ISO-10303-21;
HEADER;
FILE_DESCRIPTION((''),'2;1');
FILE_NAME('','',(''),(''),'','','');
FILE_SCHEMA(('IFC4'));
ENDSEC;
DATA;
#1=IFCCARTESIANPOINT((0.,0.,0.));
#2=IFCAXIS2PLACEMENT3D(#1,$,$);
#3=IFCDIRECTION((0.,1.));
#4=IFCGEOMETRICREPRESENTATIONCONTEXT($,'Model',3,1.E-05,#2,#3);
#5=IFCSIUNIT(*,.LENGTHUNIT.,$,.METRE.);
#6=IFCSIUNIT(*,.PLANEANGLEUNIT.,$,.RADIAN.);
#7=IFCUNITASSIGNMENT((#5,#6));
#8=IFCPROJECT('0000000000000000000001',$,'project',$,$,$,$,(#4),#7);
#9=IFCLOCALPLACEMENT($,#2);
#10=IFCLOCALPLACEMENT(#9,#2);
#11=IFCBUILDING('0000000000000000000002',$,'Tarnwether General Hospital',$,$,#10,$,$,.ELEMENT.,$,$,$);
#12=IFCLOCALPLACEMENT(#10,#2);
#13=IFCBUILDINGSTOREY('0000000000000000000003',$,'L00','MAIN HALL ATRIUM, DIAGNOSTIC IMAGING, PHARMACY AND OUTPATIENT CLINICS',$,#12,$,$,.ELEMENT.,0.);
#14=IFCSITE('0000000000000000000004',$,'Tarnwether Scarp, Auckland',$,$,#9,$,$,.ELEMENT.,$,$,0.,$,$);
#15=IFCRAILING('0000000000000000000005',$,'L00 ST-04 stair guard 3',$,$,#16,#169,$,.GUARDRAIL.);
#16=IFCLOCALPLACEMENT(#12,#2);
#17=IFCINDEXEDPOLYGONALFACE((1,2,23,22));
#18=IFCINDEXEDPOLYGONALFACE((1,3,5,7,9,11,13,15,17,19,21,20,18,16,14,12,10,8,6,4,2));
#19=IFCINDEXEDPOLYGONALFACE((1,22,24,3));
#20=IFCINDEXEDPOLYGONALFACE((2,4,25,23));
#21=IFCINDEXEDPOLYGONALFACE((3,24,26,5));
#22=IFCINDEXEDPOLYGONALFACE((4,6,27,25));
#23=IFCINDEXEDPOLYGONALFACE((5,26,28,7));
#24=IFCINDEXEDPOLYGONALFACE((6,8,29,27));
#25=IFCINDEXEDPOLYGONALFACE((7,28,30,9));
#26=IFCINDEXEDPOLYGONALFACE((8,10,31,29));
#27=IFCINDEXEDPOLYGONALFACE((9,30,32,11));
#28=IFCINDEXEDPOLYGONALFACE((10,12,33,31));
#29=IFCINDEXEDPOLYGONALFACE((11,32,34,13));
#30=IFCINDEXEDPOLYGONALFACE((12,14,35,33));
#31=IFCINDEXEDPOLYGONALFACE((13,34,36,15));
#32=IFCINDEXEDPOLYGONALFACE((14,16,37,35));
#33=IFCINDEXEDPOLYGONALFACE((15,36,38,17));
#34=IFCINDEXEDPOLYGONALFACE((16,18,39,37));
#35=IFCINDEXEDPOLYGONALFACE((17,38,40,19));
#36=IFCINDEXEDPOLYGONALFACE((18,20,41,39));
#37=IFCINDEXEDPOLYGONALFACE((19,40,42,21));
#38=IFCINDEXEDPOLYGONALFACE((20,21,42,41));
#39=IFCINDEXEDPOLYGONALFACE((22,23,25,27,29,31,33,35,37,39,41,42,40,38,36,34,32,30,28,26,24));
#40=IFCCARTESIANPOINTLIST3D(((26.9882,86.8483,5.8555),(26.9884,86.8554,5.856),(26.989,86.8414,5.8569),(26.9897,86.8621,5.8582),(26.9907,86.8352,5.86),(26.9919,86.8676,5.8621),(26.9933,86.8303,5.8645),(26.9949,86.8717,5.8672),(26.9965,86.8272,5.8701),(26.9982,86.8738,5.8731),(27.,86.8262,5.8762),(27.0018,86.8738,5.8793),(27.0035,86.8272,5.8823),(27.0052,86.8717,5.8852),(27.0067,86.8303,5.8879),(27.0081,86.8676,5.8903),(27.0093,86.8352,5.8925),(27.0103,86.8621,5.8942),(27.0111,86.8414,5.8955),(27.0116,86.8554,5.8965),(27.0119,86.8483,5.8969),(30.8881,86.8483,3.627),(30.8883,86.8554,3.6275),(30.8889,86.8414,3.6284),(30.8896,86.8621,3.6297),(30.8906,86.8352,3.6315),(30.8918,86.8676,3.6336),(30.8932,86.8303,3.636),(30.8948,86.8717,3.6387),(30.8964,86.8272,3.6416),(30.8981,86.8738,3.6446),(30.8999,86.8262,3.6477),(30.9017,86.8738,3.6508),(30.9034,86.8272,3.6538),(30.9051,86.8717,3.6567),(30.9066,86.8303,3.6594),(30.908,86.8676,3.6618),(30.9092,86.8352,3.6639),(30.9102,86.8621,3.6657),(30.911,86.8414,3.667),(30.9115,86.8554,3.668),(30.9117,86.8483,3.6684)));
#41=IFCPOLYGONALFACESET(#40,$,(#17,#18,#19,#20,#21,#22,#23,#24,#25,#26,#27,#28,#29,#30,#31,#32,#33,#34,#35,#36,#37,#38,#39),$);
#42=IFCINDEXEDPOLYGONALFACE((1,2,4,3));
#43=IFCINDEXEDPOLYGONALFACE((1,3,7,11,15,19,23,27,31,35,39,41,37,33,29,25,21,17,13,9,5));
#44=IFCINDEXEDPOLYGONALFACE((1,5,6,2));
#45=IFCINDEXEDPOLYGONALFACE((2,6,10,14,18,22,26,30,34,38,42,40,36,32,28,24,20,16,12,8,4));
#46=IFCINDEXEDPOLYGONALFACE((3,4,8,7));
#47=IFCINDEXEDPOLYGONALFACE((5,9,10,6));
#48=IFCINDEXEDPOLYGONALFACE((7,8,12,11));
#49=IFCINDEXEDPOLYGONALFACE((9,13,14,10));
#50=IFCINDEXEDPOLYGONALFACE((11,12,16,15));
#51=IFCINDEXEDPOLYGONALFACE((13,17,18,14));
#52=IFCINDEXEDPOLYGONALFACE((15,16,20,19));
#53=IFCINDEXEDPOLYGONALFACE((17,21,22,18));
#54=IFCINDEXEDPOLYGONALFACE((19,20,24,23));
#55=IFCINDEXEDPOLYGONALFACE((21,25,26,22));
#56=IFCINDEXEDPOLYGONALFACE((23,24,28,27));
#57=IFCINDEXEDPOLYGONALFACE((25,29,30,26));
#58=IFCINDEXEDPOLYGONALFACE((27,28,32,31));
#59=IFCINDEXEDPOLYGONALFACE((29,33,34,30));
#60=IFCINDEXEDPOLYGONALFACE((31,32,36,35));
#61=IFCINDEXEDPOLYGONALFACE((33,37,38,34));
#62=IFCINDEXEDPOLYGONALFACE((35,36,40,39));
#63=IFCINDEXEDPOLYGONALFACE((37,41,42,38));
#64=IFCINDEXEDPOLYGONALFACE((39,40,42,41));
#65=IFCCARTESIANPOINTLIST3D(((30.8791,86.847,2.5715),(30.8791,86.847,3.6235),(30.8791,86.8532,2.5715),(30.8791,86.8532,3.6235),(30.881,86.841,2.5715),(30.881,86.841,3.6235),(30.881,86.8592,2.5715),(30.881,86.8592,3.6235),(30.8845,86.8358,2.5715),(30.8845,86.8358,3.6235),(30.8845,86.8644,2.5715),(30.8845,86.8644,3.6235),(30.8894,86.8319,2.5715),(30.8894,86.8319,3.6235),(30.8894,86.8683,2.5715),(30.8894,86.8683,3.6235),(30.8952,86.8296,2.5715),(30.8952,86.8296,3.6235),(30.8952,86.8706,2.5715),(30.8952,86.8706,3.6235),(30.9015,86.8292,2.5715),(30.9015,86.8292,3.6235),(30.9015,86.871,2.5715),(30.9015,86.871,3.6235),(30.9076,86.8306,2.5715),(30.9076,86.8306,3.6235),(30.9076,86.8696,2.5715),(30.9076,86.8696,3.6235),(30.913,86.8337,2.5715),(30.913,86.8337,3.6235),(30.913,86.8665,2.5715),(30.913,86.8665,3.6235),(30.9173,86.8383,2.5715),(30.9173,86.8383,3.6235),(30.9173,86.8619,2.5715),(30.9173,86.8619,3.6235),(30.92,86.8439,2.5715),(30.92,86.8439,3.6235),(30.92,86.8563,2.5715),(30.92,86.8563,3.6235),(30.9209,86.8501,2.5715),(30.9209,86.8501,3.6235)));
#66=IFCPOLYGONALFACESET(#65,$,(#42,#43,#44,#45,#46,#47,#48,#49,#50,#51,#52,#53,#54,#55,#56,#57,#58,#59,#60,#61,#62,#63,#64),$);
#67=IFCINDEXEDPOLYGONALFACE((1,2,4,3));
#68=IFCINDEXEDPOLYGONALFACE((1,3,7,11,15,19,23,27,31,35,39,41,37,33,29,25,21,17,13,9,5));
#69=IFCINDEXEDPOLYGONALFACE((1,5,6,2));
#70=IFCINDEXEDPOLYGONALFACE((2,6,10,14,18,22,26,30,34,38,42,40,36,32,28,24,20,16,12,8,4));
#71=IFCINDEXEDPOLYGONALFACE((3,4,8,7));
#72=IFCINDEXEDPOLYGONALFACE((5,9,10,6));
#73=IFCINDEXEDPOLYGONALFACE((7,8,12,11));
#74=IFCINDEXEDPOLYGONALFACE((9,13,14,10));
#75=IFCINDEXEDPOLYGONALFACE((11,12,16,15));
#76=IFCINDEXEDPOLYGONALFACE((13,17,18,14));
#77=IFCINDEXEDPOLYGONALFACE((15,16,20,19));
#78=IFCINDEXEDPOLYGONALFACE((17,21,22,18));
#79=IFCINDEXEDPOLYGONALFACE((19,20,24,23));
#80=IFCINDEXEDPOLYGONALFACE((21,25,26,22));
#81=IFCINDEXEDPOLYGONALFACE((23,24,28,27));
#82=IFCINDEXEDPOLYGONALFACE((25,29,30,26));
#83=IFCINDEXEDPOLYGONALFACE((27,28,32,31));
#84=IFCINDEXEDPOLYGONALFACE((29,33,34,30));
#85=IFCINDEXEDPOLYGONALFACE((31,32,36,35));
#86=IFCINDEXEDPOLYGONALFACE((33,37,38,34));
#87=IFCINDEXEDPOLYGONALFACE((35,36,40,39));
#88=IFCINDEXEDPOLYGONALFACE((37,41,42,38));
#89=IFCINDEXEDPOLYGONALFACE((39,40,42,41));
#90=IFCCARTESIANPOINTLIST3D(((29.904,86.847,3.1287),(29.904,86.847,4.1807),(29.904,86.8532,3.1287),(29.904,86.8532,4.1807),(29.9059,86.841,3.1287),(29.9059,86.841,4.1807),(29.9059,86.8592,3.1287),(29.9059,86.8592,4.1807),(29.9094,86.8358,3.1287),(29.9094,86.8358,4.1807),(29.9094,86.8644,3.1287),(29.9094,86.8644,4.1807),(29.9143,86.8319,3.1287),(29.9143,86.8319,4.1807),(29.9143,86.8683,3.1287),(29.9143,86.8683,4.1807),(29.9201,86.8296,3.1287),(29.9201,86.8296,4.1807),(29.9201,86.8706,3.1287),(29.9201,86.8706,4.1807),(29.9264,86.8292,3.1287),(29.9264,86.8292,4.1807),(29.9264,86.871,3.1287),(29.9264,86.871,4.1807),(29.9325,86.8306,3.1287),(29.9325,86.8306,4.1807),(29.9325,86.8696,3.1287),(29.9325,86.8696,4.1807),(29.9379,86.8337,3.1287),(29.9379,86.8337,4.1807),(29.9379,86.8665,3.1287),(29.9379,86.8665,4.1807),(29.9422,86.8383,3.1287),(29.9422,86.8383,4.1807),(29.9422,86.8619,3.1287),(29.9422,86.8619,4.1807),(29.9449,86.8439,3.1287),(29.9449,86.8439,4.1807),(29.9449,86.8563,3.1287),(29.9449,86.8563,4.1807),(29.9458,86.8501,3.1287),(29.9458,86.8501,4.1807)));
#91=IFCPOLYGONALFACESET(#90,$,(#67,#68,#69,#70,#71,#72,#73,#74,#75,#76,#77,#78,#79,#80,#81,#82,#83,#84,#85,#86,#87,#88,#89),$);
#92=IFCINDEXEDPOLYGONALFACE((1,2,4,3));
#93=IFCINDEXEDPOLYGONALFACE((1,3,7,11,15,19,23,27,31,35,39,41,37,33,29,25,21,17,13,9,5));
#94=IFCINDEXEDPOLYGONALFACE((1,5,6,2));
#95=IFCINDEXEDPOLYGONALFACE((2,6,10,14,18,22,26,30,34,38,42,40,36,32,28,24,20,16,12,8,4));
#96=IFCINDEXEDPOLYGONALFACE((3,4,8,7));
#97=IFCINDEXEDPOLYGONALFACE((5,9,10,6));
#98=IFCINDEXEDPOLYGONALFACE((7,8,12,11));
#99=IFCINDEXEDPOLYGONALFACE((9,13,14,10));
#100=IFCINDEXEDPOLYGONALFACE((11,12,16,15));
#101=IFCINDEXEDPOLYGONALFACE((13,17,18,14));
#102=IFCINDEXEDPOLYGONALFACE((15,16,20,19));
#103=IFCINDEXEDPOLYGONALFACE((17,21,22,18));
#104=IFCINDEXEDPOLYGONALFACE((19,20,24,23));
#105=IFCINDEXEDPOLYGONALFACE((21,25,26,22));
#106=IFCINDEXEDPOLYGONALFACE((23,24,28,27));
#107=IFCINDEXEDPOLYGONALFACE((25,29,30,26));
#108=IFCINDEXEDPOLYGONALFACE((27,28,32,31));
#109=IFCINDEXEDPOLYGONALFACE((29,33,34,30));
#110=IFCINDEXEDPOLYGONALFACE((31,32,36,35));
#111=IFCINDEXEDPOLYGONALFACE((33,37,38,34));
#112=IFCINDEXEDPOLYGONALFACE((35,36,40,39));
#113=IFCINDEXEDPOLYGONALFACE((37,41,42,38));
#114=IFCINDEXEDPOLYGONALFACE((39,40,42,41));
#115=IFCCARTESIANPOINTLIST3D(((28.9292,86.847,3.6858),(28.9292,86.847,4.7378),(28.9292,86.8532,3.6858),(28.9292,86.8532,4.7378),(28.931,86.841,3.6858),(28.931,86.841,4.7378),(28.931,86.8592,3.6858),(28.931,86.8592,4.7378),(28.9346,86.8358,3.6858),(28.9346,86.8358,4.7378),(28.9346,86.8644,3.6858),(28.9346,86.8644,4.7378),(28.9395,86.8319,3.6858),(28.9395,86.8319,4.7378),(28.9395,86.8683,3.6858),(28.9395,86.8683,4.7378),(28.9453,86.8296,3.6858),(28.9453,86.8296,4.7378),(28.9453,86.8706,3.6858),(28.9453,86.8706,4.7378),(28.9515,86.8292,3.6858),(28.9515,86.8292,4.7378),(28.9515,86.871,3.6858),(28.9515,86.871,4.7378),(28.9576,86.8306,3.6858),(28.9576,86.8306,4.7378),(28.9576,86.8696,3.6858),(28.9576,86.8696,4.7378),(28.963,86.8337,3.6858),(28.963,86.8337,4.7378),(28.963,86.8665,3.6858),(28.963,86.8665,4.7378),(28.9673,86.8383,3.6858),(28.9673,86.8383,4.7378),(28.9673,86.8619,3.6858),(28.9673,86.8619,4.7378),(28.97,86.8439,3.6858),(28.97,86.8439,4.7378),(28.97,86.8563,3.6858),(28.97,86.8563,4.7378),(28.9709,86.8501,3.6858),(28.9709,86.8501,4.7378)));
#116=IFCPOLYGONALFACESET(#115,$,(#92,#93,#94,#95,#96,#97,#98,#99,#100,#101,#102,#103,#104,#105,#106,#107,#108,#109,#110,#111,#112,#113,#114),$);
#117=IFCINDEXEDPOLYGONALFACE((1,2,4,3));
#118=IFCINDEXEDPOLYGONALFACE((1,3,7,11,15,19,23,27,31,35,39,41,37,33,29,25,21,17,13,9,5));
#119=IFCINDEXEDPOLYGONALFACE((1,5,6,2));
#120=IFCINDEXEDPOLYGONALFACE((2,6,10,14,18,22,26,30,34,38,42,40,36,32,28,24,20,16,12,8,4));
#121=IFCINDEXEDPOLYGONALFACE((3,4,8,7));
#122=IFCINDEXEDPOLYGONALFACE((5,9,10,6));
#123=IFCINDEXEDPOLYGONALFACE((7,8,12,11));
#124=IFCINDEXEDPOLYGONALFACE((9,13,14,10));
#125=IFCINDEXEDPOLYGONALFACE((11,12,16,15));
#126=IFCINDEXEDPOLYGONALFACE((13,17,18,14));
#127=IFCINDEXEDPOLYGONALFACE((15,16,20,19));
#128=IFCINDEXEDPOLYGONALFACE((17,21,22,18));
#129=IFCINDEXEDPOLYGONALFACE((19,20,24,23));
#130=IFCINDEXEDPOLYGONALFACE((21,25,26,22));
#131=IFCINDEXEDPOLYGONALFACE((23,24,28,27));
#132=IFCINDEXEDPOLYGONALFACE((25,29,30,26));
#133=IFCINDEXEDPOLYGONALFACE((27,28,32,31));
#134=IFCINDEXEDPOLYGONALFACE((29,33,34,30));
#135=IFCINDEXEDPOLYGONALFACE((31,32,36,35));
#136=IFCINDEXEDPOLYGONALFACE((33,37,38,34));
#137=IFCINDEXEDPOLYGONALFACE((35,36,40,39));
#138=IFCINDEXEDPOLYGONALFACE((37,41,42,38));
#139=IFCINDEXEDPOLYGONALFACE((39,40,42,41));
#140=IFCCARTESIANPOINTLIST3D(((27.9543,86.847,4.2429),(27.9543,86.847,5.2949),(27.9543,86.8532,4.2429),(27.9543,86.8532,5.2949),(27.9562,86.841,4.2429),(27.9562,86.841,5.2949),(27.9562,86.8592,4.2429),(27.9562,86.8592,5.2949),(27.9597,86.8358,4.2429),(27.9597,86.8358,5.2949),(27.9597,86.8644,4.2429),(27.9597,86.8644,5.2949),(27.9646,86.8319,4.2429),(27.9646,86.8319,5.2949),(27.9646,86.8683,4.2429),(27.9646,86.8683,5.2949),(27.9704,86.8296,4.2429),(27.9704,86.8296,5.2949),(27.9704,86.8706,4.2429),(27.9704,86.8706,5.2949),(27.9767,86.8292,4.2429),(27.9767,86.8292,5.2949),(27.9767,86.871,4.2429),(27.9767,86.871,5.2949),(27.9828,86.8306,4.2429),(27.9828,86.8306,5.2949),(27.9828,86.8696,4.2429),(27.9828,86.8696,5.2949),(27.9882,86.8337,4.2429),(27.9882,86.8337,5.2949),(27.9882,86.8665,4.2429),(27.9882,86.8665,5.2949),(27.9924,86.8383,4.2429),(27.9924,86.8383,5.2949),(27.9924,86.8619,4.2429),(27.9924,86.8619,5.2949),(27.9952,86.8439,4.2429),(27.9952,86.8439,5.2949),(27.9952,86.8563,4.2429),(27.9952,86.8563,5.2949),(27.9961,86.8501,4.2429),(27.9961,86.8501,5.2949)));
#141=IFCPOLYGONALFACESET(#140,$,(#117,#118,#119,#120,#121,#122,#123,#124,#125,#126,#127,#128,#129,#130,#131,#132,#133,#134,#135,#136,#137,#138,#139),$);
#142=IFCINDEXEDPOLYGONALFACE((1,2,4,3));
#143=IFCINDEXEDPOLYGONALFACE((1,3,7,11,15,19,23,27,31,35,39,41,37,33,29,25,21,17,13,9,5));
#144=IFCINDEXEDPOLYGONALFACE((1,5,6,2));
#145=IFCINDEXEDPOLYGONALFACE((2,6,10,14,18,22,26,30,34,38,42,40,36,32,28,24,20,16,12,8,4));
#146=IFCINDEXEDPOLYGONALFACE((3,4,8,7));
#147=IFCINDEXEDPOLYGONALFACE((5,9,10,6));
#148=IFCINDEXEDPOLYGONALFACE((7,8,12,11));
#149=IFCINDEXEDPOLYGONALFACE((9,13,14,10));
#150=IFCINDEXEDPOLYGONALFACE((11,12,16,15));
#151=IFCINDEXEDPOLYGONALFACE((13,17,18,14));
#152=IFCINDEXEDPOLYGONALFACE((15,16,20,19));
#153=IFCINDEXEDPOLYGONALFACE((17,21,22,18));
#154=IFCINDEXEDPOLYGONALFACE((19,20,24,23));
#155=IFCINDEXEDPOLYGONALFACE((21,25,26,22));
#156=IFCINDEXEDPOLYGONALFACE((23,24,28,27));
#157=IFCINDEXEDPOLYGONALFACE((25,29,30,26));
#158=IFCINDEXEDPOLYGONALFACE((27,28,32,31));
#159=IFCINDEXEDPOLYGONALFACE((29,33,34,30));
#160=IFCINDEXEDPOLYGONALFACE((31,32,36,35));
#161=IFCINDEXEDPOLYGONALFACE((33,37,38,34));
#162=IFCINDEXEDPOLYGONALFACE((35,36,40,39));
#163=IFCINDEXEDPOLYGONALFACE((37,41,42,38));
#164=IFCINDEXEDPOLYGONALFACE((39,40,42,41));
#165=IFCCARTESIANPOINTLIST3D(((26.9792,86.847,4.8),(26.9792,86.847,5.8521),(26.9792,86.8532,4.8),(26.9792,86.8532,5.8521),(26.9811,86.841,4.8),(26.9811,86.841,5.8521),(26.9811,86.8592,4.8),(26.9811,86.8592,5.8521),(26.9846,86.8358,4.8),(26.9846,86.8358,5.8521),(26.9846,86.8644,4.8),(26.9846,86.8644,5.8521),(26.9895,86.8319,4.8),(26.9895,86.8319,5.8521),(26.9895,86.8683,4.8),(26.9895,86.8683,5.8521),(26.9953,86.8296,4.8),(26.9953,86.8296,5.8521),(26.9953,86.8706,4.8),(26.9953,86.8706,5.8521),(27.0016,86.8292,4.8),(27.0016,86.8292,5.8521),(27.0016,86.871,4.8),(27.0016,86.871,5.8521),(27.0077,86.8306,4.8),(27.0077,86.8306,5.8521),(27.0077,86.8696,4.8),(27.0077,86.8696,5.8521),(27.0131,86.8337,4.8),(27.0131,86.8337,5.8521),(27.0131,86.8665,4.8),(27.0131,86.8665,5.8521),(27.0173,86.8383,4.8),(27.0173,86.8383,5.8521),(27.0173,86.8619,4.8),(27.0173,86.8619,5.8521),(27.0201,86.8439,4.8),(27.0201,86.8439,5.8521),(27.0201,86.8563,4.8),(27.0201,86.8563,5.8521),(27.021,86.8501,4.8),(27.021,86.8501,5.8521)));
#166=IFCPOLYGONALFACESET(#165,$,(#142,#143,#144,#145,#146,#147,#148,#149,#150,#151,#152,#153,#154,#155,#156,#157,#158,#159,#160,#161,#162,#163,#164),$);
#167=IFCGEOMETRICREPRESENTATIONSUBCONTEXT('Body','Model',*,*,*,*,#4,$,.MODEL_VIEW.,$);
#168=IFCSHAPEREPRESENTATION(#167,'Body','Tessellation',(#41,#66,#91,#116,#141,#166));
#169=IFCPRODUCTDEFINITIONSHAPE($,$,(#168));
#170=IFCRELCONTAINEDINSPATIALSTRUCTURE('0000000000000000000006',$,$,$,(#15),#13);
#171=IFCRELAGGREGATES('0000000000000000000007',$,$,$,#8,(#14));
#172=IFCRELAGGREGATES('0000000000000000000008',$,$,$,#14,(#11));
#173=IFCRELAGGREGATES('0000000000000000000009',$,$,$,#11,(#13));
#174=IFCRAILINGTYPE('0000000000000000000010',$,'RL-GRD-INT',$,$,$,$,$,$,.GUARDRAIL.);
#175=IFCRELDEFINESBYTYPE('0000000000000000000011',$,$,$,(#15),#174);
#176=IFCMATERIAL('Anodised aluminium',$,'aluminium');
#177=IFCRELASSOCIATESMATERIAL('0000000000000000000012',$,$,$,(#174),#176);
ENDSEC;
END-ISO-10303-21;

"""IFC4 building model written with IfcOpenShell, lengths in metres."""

from ifc_helpers import new_model, si_unit, direction, frame, origin, origin_2d, place, context, subcontext, project, spatial, circle, extrude, material, type_object, element, save


model = new_model("IFC4")

# Units and contexts
model_context = context("Model", 3, precision=1e-05, world=origin(), true_north=direction((0.0, 1.0)))
body_context = subcontext(model_context, "Body", "Model", "MODEL_VIEW")
ifc_project = project(units=[si_unit("LENGTHUNIT", "METRE"), si_unit("PLANEANGLEUNIT", "RADIAN")], contexts=[model_context])

# Site, building, storey
site_placement = place(None, origin())
site = spatial("IfcSite", under=ifc_project, at=site_placement, Name="Tarnwether Scarp, Auckland", CompositionType="ELEMENT", RefElevation=0.0)
building_placement = place(site_placement, origin())
building = spatial("IfcBuilding", under=site, at=building_placement, Name="Tarnwether General Hospital", CompositionType="ELEMENT")
storey_placement = place(building_placement, origin())
storey = spatial("IfcBuildingStorey", under=building, at=storey_placement, Name="L00", Description="MAIN HALL ATRIUM, DIAGNOSTIC IMAGING, PHARMACY AND OUTPATIENT CLINICS", CompositionType="ELEMENT", Elevation=0.0)

# Railing
ifc_material_1 = material(Name="Anodised aluminium", Category="aluminium")
railing_type_1 = type_object("IfcRailingType", Name="RL-GRD-INT", PredefinedType="GUARDRAIL", material=ifc_material_1)
railing_1_placement = place(storey_placement, frame((30.8999, 86.8501, 2.5715)))
element("IfcRailing", 1, at=railing_1_placement, inside=storey, type_object=railing_type_1, Name="L00 ST-04 stair guard 3", PredefinedType="GUARDRAIL", context=body_context, shape_type="SweptSolid", body=[
    extrude(circle(Radius=0.0239, at=origin_2d()), frame((0.0, 0.0, 1.0762), z_axis=(-0.868243, 0.0, 0.496139), x_axis=(0.0, -1.0, 0.0)), (0.0, 0.0, 1.0), 4.4917),
    extrude(circle(Radius=0.021, at=origin_2d()), origin(), (0.0, 0.0, 1.0), 1.052),
    extrude(circle(Radius=0.021, at=origin_2d()), frame((-0.9751, 0.0, 0.5571)), (0.0, 0.0, 1.0), 1.052),
    extrude(circle(Radius=0.021, at=origin_2d()), frame((-1.95, 0.0, 1.1143)), (0.0, 0.0, 1.0), 1.052),
    extrude(circle(Radius=0.021, at=origin_2d()), frame((-2.9248, 0.0, 1.6714)), (0.0, 0.0, 1.0), 1.052),
    extrude(circle(Radius=0.021, at=origin_2d()), frame((-3.8999, 0.0, 2.2285)), (0.0, 0.0, 1.0), 1.052),
])

save(model, "model.ifc")
